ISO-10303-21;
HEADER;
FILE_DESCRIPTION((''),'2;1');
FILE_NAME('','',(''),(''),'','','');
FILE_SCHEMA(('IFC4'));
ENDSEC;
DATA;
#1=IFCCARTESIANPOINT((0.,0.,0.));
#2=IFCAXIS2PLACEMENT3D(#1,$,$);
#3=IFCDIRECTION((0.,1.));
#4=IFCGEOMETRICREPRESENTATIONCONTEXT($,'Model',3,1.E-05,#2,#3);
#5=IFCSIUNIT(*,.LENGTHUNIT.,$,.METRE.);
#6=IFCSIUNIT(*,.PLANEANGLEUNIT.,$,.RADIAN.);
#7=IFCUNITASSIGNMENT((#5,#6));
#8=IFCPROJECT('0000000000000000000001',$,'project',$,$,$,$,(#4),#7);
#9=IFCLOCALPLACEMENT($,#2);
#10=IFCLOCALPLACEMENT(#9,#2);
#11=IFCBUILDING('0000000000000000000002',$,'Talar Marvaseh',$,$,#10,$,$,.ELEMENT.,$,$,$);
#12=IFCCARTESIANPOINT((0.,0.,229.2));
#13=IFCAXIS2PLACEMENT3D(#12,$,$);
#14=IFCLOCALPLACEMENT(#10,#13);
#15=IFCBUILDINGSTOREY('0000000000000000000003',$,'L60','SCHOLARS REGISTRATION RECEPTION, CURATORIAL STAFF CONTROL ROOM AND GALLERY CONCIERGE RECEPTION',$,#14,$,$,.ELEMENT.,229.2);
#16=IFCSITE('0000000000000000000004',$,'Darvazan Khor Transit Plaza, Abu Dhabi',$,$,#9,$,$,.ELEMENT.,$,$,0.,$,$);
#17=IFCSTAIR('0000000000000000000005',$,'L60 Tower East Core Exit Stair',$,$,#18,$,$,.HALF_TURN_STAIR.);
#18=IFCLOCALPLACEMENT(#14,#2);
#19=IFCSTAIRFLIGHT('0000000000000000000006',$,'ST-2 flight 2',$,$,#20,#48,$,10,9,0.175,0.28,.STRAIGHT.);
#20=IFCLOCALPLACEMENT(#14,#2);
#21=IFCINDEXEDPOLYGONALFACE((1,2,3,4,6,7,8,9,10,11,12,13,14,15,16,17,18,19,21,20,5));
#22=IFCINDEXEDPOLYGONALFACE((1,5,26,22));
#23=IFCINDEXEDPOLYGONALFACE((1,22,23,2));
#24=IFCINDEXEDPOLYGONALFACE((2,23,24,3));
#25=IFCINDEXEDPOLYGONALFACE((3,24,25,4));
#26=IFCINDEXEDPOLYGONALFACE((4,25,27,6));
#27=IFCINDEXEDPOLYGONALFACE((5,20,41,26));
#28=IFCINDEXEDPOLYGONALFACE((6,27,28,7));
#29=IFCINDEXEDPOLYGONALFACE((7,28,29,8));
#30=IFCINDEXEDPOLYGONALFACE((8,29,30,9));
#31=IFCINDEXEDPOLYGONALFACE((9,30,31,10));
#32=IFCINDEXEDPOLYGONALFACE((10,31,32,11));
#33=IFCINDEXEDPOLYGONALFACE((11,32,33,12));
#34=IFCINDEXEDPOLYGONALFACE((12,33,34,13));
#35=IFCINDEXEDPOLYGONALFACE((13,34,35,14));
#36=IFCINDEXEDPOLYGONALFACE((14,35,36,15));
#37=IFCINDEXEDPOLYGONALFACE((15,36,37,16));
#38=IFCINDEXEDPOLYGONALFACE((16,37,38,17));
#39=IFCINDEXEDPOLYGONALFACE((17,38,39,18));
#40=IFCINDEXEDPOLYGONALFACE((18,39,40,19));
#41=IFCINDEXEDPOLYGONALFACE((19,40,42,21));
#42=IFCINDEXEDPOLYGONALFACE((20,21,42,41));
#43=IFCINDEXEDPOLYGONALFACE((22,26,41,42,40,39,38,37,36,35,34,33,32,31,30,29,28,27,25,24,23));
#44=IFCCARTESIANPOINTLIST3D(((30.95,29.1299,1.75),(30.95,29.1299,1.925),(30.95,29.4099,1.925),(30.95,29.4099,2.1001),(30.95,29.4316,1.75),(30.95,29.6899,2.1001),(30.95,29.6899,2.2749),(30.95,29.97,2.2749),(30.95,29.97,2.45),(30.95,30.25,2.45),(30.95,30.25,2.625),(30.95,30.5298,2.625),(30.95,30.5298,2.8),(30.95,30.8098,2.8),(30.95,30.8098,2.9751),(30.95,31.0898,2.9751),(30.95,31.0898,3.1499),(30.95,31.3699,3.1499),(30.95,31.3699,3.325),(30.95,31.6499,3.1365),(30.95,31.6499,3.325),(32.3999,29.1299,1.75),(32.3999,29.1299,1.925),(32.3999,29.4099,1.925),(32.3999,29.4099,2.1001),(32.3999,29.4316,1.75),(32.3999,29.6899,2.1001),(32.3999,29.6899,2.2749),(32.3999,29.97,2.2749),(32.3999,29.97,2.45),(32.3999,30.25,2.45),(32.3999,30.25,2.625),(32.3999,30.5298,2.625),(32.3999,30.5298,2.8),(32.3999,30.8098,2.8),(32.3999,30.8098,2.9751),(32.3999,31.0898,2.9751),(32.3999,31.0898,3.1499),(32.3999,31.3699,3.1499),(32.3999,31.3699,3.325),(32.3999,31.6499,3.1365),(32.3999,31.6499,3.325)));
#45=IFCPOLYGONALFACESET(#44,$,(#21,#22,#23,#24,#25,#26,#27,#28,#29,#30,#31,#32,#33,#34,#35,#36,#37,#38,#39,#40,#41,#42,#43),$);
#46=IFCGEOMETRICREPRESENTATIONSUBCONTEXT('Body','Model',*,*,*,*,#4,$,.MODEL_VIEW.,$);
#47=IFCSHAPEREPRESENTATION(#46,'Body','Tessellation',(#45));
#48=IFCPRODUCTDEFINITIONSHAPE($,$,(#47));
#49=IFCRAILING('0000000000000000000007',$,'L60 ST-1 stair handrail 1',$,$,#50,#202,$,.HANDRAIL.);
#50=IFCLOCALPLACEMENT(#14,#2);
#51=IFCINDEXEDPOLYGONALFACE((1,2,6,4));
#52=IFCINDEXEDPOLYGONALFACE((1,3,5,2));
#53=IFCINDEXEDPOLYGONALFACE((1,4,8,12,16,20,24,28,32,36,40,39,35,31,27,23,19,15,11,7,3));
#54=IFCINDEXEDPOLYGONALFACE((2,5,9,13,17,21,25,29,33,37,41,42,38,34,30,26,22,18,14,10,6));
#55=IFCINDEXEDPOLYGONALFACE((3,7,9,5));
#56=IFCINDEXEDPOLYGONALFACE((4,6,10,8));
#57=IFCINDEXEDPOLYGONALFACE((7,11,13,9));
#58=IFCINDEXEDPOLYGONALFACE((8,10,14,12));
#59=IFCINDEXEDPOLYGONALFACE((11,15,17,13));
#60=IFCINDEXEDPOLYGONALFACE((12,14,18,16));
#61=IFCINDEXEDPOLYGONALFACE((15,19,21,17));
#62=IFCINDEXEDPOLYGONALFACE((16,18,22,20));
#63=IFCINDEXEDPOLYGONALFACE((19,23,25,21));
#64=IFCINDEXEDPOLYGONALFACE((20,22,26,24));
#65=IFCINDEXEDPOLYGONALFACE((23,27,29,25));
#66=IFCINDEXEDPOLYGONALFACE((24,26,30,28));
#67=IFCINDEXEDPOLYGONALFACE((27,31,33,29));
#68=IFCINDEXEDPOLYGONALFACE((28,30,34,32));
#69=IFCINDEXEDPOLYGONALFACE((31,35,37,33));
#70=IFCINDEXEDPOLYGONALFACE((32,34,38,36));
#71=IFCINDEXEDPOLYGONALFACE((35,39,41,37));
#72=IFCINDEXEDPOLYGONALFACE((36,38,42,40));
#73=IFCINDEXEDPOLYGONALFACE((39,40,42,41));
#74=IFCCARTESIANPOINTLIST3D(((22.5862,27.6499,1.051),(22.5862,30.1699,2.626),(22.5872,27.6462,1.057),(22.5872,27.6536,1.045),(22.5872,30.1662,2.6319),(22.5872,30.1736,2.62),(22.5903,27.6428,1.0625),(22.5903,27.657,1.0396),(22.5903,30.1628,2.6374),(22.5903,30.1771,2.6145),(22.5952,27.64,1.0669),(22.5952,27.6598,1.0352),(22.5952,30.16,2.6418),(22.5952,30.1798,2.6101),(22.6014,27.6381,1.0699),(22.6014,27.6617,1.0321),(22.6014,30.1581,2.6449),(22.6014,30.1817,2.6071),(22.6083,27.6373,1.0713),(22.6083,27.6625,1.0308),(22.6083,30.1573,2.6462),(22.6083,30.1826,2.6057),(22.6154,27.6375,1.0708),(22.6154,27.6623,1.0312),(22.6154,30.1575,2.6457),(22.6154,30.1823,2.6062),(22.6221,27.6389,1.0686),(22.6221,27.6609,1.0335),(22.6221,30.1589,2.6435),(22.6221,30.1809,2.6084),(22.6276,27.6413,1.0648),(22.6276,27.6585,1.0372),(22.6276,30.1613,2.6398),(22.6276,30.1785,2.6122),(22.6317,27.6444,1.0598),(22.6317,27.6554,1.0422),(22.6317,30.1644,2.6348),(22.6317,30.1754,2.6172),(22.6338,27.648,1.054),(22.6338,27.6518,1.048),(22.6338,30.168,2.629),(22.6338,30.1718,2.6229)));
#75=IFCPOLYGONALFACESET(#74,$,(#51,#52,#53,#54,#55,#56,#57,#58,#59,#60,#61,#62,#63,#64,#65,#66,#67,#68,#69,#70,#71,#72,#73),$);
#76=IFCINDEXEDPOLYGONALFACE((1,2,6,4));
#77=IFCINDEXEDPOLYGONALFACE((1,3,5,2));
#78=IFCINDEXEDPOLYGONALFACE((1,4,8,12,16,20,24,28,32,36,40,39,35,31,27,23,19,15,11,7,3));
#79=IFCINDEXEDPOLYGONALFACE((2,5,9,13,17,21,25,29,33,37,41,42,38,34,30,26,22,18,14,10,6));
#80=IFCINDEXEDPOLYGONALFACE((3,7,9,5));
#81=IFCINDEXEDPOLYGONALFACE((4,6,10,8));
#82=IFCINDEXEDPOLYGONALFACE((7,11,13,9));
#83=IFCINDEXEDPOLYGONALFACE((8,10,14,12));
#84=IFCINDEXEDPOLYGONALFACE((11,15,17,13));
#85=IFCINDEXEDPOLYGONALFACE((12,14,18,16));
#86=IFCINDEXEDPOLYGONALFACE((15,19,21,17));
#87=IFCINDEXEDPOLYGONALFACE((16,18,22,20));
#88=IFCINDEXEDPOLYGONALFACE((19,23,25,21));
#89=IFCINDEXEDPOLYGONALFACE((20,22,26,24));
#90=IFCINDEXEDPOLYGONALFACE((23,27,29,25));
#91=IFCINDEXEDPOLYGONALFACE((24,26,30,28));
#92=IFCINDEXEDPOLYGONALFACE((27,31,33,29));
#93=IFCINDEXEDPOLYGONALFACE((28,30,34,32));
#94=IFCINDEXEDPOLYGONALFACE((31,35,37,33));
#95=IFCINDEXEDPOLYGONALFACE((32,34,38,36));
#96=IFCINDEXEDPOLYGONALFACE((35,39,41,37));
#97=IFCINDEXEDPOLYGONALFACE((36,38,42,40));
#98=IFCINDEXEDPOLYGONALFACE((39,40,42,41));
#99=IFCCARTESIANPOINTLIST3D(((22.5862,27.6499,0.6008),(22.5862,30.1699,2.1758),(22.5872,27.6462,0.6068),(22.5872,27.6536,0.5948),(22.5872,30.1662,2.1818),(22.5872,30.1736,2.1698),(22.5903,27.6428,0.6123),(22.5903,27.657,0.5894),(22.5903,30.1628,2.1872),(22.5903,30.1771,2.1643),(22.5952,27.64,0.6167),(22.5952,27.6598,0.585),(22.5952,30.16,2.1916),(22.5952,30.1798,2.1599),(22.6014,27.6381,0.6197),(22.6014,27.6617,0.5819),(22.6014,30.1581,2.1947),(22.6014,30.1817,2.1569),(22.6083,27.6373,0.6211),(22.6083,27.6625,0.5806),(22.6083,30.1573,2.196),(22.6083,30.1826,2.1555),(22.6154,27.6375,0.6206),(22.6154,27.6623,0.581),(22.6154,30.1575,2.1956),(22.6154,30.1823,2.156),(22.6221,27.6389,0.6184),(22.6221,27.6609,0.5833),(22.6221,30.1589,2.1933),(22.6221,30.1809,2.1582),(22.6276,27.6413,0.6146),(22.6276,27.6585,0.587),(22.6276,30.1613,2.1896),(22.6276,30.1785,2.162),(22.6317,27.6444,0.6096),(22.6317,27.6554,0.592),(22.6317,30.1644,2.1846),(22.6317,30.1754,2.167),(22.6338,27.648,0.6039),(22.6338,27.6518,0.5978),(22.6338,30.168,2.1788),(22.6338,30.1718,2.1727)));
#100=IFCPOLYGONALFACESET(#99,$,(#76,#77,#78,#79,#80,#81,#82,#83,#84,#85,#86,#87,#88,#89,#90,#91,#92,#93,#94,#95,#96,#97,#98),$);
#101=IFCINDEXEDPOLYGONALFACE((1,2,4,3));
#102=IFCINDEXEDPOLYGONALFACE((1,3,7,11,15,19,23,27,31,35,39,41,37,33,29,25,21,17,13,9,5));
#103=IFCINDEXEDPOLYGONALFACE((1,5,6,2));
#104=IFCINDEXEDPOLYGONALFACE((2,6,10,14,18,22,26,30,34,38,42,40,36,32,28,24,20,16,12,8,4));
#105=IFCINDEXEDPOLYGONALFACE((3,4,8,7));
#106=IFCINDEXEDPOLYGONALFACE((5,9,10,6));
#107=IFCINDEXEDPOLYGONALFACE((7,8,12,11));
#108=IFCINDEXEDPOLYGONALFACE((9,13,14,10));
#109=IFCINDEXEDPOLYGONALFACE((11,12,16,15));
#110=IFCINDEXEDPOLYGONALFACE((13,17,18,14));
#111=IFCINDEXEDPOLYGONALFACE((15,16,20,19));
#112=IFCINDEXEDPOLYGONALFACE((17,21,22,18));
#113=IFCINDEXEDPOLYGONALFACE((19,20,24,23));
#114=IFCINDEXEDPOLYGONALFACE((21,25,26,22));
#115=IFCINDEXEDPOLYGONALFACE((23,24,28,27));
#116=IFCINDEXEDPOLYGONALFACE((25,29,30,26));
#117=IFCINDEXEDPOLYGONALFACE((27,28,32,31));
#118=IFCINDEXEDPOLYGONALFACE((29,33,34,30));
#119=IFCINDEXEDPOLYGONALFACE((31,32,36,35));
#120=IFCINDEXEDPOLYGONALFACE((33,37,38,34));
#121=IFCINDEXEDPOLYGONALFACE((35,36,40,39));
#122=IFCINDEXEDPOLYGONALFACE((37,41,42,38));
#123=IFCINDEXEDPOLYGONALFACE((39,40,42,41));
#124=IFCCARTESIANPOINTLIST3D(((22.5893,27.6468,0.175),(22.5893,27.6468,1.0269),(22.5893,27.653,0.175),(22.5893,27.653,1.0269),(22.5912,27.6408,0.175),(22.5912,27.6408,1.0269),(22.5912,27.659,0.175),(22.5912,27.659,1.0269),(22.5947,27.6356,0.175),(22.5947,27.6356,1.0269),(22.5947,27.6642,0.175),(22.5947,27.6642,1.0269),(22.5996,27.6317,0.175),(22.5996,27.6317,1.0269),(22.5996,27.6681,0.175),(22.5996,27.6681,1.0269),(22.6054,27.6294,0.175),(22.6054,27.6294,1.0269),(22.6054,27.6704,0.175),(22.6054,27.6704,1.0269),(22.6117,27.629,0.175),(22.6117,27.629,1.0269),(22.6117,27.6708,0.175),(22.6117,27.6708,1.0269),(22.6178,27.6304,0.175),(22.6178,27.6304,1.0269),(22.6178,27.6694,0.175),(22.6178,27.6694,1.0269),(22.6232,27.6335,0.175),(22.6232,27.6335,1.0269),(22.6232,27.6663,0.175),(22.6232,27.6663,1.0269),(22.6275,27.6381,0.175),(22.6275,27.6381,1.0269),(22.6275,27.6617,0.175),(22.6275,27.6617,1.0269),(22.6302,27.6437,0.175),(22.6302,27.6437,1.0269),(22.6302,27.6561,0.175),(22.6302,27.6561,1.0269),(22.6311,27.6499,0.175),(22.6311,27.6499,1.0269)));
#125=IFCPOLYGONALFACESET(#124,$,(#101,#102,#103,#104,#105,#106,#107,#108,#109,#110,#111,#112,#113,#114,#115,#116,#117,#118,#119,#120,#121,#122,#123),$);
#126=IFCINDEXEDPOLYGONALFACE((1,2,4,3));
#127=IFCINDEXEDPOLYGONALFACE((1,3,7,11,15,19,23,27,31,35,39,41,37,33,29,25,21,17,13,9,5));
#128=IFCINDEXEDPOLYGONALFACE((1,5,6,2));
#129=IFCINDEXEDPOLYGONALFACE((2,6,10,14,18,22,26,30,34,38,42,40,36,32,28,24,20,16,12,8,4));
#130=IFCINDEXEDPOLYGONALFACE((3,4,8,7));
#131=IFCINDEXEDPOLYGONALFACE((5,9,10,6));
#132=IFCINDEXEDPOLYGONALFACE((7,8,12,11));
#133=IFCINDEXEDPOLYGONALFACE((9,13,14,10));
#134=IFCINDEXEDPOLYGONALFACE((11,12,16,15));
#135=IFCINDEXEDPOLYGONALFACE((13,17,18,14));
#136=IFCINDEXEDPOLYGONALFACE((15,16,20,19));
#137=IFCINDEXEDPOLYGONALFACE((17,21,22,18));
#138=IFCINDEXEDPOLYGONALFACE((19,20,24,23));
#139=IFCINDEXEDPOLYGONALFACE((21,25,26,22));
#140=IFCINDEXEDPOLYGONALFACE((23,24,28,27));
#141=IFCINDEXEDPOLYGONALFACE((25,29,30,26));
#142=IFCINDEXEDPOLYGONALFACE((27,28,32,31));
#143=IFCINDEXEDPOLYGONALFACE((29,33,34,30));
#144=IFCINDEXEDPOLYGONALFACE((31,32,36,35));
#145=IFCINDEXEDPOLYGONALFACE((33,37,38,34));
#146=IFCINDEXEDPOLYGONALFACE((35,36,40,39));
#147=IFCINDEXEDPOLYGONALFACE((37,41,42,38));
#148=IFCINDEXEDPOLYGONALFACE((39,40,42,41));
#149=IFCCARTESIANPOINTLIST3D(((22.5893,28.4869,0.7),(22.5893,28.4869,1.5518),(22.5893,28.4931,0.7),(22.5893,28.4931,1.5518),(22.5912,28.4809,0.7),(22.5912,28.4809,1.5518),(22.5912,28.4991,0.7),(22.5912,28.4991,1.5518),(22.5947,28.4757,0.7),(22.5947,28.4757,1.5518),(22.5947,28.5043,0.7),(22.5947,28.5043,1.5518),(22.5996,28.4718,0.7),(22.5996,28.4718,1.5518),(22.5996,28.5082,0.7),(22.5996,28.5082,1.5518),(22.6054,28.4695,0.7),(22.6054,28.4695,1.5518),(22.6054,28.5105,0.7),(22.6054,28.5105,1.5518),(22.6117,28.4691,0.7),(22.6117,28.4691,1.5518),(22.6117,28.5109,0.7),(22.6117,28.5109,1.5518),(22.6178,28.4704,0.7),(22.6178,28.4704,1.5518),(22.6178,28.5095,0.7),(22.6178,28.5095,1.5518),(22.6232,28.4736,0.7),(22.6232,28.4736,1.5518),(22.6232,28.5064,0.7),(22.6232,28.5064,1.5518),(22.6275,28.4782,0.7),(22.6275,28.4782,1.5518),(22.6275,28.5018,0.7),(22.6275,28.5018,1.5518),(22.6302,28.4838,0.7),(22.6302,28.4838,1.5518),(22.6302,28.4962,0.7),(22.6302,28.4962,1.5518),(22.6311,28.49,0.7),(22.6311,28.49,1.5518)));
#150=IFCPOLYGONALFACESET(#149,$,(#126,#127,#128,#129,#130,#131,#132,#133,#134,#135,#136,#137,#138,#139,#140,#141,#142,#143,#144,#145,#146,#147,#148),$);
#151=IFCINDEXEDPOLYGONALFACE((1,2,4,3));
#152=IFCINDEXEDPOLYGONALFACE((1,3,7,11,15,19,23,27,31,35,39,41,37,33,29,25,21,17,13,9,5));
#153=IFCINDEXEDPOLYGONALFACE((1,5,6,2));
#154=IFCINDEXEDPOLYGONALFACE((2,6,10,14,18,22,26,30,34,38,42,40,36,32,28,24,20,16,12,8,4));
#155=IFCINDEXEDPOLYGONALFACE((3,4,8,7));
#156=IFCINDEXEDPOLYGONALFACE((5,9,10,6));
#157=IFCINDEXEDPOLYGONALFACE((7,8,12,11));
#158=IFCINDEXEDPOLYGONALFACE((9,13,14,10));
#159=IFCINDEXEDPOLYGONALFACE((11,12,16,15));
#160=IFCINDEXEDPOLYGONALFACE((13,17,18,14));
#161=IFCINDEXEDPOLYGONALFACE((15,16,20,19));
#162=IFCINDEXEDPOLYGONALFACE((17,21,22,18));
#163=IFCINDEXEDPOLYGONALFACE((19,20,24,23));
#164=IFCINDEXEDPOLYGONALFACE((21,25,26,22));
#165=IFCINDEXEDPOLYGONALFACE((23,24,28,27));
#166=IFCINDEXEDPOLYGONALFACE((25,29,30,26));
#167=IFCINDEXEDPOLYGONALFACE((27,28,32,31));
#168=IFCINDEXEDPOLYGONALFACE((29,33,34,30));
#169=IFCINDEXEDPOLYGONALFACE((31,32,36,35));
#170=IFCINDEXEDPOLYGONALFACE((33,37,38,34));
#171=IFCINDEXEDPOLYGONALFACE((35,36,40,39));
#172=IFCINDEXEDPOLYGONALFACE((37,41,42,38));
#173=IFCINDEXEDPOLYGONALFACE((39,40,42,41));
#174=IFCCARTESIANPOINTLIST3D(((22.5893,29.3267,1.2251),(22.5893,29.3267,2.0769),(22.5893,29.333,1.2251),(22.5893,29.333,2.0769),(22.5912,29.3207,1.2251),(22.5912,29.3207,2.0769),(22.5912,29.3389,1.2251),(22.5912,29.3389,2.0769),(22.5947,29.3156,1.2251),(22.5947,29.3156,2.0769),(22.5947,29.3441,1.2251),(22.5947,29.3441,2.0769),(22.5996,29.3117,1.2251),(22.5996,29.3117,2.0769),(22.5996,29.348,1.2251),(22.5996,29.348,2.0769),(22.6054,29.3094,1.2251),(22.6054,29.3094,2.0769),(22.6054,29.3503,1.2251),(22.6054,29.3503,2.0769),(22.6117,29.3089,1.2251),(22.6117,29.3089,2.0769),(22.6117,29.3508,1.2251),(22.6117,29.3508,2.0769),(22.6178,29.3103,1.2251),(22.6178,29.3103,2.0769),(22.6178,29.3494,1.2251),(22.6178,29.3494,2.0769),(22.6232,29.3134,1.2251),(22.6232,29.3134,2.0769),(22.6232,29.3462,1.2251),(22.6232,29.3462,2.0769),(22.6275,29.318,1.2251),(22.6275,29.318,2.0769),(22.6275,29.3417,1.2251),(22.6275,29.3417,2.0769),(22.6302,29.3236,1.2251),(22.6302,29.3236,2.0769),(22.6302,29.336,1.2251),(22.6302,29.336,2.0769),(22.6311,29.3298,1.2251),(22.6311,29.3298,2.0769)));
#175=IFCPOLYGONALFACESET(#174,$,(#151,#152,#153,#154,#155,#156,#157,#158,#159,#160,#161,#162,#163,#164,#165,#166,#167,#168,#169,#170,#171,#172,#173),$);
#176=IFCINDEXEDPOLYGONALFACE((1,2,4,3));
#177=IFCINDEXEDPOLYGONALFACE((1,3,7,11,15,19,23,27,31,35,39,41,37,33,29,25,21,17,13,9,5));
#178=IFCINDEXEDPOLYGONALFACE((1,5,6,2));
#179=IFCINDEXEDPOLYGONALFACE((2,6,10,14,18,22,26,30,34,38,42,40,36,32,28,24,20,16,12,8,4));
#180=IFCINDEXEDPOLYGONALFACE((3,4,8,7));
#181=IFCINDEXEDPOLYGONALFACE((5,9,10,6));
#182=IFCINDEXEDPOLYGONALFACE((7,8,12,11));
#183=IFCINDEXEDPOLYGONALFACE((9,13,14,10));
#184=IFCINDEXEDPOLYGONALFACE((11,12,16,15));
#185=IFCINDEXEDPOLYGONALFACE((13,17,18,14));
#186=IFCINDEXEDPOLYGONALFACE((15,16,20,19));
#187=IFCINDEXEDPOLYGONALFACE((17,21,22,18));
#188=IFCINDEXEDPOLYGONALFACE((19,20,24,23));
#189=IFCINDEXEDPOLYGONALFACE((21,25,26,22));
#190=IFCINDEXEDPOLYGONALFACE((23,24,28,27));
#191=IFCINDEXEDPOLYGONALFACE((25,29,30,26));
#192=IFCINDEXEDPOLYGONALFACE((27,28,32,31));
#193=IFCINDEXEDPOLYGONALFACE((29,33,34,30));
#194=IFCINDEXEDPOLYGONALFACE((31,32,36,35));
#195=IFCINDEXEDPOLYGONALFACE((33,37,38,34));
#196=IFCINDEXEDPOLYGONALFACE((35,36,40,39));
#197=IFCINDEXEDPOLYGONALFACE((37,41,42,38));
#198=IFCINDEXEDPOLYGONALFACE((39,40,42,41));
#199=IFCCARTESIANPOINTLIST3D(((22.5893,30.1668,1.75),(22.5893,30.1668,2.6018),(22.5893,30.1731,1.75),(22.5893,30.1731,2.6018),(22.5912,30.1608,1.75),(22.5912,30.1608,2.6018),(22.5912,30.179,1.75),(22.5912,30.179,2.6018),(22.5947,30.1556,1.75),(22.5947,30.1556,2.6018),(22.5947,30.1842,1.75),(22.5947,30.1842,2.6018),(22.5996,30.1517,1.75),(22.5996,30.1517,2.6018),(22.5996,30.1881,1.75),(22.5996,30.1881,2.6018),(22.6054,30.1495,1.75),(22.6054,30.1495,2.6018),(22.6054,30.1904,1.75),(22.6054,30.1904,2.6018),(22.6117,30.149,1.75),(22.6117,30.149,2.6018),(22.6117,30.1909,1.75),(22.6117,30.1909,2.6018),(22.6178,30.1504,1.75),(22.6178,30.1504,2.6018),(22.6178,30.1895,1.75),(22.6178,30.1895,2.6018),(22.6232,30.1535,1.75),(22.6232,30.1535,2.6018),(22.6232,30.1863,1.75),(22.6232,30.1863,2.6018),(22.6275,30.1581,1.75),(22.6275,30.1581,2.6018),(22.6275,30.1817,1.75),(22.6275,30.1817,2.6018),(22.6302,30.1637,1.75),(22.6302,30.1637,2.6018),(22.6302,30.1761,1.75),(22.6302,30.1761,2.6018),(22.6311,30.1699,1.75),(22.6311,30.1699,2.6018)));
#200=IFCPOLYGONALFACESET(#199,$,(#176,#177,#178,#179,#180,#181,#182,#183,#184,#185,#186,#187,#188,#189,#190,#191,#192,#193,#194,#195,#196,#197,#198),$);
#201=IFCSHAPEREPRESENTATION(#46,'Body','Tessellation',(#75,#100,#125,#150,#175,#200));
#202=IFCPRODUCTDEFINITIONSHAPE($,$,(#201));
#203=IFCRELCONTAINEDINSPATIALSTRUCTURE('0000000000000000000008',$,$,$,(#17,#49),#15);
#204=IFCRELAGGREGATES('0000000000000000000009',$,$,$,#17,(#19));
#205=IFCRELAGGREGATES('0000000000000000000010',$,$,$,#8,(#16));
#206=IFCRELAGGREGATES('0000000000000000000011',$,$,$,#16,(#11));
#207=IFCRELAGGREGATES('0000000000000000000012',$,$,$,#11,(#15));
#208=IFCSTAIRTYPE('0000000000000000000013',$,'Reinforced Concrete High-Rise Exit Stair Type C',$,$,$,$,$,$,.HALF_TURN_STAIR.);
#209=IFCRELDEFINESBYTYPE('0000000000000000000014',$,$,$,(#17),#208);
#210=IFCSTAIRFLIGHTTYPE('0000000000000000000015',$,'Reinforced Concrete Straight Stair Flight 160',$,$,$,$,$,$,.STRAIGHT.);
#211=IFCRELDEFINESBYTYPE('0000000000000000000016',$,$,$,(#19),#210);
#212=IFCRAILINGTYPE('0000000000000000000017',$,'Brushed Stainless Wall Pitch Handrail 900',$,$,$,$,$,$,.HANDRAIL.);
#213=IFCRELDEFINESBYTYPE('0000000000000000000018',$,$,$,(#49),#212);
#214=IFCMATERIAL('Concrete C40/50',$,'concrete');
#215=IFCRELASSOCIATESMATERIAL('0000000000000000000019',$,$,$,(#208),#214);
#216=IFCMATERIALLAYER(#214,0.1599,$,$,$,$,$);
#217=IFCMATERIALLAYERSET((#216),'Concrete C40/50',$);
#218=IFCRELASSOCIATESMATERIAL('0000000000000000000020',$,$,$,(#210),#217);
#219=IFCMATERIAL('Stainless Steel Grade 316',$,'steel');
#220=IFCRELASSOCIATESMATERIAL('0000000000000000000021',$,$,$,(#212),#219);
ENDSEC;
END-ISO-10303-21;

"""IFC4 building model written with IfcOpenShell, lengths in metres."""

from ifc_helpers import new_model, si_unit, direction, frame, origin, origin_2d, place, context, subcontext, project, spatial, polyline, circle, outline, extrude, material, layer, layer_set, type_object, element, aggregate, save


model = new_model("IFC4")

# Units and contexts
model_context = context("Model", 3, precision=1e-05, world=origin(), true_north=direction((0.0, 1.0)))
body_context = subcontext(model_context, "Body", "Model", "MODEL_VIEW")
ifc_project = project(units=[si_unit("LENGTHUNIT", "METRE"), si_unit("PLANEANGLEUNIT", "RADIAN")], contexts=[model_context])

# Site, building, storey
site_placement = place(None, origin())
site = spatial("IfcSite", under=ifc_project, at=site_placement, Name="Darvazan Khor Transit Plaza, Abu Dhabi", CompositionType="ELEMENT", RefElevation=0.0)
building_placement = place(site_placement, origin())
building = spatial("IfcBuilding", under=site, at=building_placement, Name="Talar Marvaseh", CompositionType="ELEMENT")
storey_placement = place(building_placement, frame((0.0, 0.0, 229.2)))
storey = spatial("IfcBuildingStorey", under=building, at=storey_placement, Name="L60", Description="SCHOLARS REGISTRATION RECEPTION, CURATORIAL STAFF CONTROL ROOM AND GALLERY CONCIERGE RECEPTION", CompositionType="ELEMENT", Elevation=229.2)

# Shared definitions
ifc_material_1 = material(Name="Concrete C40/50", Category="concrete")

# Shared definitions
ifc_material_2 = material(Name="Stainless Steel Grade 316", Category="steel")

# Stair, stair flight
stair_type = type_object("IfcStairType", Name="Reinforced Concrete High-Rise Exit Stair Type C", PredefinedType="HALF_TURN_STAIR", material=ifc_material_1)
stair_placement = place(storey_placement, origin())
stair = element("IfcStair", 1, at=stair_placement, inside=storey, type_object=stair_type, Name="L60 Tower East Core Exit Stair", PredefinedType="HALF_TURN_STAIR")
ifc_layer_1 = layer(ifc_material_1, 0.1599)
ifc_layer_set_1 = layer_set([ifc_layer_1], Name="Concrete C40/50")
stair_flight_type = type_object("IfcStairFlightType", Name="Reinforced Concrete Straight Stair Flight 160", PredefinedType="STRAIGHT", material=ifc_layer_set_1)
stair_flight_1_placement = place(storey_placement, frame((31.675, 29.1299, 1.75), z_axis=(0.0, 0.0, 1.0), x_axis=(0.0, 1.0, 0.0)))
stair_flight_1 = element("IfcStairFlight", 2, at=stair_flight_1_placement, type_object=stair_flight_type, Name="ST-2 flight 2", NumberOfRisers=10, NumberOfTreads=9, PredefinedType="STRAIGHT", RiserHeight=0.175, TreadLength=0.28, context=body_context, shape_type="SweptSolid", body=[
    extrude(outline(polyline([(0.0, 0.0), (0.0, 0.175), (0.28, 0.175), (0.28, 0.3501), (0.5601, 0.3501), (0.5601, 0.5249), (0.8401, 0.5249), (0.8401, 0.7), (1.1201, 0.7), (1.1201, 0.875), (1.3999, 0.875), (1.3999, 1.05), (1.6799, 1.05), (1.6799, 1.2251), (1.96, 1.2251), (1.96, 1.3999), (2.24, 1.3999), (2.24, 1.575), (2.52, 1.575), (2.52, 1.75), (2.52, 1.3865), (0.3018, 0.0), (0.0, 0.0)])), frame((0.0, 0.7251, 0.0), z_axis=(0.0, -1.0, 0.0), x_axis=(1.0, 0.0, 0.0)), (0.0, 0.0, 1.0), 1.45),
])
aggregate(stair, [stair_flight_1])

# Railing
railing_type_1 = type_object("IfcRailingType", Name="Brushed Stainless Wall Pitch Handrail 900", PredefinedType="HANDRAIL", material=ifc_material_2)
railing_1_placement = place(storey_placement, frame((22.6101, 27.6499, 0.175)))
element("IfcRailing", 3, at=railing_1_placement, inside=storey, type_object=railing_type_1, Name="L60 ST-1 stair handrail 1", PredefinedType="HANDRAIL", context=body_context, shape_type="SweptSolid", body=[
    extrude(circle(Radius=0.0239, at=origin_2d()), frame((0.0, 0.0, 0.876), z_axis=(0.0, 0.848008, 0.529984), x_axis=(-1.0, 0.0, 0.0)), (0.0, 0.0, 1.0), 2.9717),
    extrude(circle(Radius=0.0239, at=origin_2d()), frame((0.0, 0.0, 0.4258), z_axis=(0.0, 0.848008, 0.529984), x_axis=(-1.0, 0.0, 0.0)), (0.0, 0.0, 1.0), 2.9717),
    extrude(circle(Radius=0.021, at=origin_2d()), origin(), (0.0, 0.0, 1.0), 0.8518),
    extrude(circle(Radius=0.021, at=origin_2d()), frame((0.0, 0.8401, 0.5249)), (0.0, 0.0, 1.0), 0.8518),
    extrude(circle(Radius=0.021, at=origin_2d()), frame((0.0, 1.6799, 1.05)), (0.0, 0.0, 1.0), 0.8518),
    extrude(circle(Radius=0.021, at=origin_2d()), frame((0.0, 2.52, 1.575)), (0.0, 0.0, 1.0), 0.8518),
])

save(model, "model.ifc")
